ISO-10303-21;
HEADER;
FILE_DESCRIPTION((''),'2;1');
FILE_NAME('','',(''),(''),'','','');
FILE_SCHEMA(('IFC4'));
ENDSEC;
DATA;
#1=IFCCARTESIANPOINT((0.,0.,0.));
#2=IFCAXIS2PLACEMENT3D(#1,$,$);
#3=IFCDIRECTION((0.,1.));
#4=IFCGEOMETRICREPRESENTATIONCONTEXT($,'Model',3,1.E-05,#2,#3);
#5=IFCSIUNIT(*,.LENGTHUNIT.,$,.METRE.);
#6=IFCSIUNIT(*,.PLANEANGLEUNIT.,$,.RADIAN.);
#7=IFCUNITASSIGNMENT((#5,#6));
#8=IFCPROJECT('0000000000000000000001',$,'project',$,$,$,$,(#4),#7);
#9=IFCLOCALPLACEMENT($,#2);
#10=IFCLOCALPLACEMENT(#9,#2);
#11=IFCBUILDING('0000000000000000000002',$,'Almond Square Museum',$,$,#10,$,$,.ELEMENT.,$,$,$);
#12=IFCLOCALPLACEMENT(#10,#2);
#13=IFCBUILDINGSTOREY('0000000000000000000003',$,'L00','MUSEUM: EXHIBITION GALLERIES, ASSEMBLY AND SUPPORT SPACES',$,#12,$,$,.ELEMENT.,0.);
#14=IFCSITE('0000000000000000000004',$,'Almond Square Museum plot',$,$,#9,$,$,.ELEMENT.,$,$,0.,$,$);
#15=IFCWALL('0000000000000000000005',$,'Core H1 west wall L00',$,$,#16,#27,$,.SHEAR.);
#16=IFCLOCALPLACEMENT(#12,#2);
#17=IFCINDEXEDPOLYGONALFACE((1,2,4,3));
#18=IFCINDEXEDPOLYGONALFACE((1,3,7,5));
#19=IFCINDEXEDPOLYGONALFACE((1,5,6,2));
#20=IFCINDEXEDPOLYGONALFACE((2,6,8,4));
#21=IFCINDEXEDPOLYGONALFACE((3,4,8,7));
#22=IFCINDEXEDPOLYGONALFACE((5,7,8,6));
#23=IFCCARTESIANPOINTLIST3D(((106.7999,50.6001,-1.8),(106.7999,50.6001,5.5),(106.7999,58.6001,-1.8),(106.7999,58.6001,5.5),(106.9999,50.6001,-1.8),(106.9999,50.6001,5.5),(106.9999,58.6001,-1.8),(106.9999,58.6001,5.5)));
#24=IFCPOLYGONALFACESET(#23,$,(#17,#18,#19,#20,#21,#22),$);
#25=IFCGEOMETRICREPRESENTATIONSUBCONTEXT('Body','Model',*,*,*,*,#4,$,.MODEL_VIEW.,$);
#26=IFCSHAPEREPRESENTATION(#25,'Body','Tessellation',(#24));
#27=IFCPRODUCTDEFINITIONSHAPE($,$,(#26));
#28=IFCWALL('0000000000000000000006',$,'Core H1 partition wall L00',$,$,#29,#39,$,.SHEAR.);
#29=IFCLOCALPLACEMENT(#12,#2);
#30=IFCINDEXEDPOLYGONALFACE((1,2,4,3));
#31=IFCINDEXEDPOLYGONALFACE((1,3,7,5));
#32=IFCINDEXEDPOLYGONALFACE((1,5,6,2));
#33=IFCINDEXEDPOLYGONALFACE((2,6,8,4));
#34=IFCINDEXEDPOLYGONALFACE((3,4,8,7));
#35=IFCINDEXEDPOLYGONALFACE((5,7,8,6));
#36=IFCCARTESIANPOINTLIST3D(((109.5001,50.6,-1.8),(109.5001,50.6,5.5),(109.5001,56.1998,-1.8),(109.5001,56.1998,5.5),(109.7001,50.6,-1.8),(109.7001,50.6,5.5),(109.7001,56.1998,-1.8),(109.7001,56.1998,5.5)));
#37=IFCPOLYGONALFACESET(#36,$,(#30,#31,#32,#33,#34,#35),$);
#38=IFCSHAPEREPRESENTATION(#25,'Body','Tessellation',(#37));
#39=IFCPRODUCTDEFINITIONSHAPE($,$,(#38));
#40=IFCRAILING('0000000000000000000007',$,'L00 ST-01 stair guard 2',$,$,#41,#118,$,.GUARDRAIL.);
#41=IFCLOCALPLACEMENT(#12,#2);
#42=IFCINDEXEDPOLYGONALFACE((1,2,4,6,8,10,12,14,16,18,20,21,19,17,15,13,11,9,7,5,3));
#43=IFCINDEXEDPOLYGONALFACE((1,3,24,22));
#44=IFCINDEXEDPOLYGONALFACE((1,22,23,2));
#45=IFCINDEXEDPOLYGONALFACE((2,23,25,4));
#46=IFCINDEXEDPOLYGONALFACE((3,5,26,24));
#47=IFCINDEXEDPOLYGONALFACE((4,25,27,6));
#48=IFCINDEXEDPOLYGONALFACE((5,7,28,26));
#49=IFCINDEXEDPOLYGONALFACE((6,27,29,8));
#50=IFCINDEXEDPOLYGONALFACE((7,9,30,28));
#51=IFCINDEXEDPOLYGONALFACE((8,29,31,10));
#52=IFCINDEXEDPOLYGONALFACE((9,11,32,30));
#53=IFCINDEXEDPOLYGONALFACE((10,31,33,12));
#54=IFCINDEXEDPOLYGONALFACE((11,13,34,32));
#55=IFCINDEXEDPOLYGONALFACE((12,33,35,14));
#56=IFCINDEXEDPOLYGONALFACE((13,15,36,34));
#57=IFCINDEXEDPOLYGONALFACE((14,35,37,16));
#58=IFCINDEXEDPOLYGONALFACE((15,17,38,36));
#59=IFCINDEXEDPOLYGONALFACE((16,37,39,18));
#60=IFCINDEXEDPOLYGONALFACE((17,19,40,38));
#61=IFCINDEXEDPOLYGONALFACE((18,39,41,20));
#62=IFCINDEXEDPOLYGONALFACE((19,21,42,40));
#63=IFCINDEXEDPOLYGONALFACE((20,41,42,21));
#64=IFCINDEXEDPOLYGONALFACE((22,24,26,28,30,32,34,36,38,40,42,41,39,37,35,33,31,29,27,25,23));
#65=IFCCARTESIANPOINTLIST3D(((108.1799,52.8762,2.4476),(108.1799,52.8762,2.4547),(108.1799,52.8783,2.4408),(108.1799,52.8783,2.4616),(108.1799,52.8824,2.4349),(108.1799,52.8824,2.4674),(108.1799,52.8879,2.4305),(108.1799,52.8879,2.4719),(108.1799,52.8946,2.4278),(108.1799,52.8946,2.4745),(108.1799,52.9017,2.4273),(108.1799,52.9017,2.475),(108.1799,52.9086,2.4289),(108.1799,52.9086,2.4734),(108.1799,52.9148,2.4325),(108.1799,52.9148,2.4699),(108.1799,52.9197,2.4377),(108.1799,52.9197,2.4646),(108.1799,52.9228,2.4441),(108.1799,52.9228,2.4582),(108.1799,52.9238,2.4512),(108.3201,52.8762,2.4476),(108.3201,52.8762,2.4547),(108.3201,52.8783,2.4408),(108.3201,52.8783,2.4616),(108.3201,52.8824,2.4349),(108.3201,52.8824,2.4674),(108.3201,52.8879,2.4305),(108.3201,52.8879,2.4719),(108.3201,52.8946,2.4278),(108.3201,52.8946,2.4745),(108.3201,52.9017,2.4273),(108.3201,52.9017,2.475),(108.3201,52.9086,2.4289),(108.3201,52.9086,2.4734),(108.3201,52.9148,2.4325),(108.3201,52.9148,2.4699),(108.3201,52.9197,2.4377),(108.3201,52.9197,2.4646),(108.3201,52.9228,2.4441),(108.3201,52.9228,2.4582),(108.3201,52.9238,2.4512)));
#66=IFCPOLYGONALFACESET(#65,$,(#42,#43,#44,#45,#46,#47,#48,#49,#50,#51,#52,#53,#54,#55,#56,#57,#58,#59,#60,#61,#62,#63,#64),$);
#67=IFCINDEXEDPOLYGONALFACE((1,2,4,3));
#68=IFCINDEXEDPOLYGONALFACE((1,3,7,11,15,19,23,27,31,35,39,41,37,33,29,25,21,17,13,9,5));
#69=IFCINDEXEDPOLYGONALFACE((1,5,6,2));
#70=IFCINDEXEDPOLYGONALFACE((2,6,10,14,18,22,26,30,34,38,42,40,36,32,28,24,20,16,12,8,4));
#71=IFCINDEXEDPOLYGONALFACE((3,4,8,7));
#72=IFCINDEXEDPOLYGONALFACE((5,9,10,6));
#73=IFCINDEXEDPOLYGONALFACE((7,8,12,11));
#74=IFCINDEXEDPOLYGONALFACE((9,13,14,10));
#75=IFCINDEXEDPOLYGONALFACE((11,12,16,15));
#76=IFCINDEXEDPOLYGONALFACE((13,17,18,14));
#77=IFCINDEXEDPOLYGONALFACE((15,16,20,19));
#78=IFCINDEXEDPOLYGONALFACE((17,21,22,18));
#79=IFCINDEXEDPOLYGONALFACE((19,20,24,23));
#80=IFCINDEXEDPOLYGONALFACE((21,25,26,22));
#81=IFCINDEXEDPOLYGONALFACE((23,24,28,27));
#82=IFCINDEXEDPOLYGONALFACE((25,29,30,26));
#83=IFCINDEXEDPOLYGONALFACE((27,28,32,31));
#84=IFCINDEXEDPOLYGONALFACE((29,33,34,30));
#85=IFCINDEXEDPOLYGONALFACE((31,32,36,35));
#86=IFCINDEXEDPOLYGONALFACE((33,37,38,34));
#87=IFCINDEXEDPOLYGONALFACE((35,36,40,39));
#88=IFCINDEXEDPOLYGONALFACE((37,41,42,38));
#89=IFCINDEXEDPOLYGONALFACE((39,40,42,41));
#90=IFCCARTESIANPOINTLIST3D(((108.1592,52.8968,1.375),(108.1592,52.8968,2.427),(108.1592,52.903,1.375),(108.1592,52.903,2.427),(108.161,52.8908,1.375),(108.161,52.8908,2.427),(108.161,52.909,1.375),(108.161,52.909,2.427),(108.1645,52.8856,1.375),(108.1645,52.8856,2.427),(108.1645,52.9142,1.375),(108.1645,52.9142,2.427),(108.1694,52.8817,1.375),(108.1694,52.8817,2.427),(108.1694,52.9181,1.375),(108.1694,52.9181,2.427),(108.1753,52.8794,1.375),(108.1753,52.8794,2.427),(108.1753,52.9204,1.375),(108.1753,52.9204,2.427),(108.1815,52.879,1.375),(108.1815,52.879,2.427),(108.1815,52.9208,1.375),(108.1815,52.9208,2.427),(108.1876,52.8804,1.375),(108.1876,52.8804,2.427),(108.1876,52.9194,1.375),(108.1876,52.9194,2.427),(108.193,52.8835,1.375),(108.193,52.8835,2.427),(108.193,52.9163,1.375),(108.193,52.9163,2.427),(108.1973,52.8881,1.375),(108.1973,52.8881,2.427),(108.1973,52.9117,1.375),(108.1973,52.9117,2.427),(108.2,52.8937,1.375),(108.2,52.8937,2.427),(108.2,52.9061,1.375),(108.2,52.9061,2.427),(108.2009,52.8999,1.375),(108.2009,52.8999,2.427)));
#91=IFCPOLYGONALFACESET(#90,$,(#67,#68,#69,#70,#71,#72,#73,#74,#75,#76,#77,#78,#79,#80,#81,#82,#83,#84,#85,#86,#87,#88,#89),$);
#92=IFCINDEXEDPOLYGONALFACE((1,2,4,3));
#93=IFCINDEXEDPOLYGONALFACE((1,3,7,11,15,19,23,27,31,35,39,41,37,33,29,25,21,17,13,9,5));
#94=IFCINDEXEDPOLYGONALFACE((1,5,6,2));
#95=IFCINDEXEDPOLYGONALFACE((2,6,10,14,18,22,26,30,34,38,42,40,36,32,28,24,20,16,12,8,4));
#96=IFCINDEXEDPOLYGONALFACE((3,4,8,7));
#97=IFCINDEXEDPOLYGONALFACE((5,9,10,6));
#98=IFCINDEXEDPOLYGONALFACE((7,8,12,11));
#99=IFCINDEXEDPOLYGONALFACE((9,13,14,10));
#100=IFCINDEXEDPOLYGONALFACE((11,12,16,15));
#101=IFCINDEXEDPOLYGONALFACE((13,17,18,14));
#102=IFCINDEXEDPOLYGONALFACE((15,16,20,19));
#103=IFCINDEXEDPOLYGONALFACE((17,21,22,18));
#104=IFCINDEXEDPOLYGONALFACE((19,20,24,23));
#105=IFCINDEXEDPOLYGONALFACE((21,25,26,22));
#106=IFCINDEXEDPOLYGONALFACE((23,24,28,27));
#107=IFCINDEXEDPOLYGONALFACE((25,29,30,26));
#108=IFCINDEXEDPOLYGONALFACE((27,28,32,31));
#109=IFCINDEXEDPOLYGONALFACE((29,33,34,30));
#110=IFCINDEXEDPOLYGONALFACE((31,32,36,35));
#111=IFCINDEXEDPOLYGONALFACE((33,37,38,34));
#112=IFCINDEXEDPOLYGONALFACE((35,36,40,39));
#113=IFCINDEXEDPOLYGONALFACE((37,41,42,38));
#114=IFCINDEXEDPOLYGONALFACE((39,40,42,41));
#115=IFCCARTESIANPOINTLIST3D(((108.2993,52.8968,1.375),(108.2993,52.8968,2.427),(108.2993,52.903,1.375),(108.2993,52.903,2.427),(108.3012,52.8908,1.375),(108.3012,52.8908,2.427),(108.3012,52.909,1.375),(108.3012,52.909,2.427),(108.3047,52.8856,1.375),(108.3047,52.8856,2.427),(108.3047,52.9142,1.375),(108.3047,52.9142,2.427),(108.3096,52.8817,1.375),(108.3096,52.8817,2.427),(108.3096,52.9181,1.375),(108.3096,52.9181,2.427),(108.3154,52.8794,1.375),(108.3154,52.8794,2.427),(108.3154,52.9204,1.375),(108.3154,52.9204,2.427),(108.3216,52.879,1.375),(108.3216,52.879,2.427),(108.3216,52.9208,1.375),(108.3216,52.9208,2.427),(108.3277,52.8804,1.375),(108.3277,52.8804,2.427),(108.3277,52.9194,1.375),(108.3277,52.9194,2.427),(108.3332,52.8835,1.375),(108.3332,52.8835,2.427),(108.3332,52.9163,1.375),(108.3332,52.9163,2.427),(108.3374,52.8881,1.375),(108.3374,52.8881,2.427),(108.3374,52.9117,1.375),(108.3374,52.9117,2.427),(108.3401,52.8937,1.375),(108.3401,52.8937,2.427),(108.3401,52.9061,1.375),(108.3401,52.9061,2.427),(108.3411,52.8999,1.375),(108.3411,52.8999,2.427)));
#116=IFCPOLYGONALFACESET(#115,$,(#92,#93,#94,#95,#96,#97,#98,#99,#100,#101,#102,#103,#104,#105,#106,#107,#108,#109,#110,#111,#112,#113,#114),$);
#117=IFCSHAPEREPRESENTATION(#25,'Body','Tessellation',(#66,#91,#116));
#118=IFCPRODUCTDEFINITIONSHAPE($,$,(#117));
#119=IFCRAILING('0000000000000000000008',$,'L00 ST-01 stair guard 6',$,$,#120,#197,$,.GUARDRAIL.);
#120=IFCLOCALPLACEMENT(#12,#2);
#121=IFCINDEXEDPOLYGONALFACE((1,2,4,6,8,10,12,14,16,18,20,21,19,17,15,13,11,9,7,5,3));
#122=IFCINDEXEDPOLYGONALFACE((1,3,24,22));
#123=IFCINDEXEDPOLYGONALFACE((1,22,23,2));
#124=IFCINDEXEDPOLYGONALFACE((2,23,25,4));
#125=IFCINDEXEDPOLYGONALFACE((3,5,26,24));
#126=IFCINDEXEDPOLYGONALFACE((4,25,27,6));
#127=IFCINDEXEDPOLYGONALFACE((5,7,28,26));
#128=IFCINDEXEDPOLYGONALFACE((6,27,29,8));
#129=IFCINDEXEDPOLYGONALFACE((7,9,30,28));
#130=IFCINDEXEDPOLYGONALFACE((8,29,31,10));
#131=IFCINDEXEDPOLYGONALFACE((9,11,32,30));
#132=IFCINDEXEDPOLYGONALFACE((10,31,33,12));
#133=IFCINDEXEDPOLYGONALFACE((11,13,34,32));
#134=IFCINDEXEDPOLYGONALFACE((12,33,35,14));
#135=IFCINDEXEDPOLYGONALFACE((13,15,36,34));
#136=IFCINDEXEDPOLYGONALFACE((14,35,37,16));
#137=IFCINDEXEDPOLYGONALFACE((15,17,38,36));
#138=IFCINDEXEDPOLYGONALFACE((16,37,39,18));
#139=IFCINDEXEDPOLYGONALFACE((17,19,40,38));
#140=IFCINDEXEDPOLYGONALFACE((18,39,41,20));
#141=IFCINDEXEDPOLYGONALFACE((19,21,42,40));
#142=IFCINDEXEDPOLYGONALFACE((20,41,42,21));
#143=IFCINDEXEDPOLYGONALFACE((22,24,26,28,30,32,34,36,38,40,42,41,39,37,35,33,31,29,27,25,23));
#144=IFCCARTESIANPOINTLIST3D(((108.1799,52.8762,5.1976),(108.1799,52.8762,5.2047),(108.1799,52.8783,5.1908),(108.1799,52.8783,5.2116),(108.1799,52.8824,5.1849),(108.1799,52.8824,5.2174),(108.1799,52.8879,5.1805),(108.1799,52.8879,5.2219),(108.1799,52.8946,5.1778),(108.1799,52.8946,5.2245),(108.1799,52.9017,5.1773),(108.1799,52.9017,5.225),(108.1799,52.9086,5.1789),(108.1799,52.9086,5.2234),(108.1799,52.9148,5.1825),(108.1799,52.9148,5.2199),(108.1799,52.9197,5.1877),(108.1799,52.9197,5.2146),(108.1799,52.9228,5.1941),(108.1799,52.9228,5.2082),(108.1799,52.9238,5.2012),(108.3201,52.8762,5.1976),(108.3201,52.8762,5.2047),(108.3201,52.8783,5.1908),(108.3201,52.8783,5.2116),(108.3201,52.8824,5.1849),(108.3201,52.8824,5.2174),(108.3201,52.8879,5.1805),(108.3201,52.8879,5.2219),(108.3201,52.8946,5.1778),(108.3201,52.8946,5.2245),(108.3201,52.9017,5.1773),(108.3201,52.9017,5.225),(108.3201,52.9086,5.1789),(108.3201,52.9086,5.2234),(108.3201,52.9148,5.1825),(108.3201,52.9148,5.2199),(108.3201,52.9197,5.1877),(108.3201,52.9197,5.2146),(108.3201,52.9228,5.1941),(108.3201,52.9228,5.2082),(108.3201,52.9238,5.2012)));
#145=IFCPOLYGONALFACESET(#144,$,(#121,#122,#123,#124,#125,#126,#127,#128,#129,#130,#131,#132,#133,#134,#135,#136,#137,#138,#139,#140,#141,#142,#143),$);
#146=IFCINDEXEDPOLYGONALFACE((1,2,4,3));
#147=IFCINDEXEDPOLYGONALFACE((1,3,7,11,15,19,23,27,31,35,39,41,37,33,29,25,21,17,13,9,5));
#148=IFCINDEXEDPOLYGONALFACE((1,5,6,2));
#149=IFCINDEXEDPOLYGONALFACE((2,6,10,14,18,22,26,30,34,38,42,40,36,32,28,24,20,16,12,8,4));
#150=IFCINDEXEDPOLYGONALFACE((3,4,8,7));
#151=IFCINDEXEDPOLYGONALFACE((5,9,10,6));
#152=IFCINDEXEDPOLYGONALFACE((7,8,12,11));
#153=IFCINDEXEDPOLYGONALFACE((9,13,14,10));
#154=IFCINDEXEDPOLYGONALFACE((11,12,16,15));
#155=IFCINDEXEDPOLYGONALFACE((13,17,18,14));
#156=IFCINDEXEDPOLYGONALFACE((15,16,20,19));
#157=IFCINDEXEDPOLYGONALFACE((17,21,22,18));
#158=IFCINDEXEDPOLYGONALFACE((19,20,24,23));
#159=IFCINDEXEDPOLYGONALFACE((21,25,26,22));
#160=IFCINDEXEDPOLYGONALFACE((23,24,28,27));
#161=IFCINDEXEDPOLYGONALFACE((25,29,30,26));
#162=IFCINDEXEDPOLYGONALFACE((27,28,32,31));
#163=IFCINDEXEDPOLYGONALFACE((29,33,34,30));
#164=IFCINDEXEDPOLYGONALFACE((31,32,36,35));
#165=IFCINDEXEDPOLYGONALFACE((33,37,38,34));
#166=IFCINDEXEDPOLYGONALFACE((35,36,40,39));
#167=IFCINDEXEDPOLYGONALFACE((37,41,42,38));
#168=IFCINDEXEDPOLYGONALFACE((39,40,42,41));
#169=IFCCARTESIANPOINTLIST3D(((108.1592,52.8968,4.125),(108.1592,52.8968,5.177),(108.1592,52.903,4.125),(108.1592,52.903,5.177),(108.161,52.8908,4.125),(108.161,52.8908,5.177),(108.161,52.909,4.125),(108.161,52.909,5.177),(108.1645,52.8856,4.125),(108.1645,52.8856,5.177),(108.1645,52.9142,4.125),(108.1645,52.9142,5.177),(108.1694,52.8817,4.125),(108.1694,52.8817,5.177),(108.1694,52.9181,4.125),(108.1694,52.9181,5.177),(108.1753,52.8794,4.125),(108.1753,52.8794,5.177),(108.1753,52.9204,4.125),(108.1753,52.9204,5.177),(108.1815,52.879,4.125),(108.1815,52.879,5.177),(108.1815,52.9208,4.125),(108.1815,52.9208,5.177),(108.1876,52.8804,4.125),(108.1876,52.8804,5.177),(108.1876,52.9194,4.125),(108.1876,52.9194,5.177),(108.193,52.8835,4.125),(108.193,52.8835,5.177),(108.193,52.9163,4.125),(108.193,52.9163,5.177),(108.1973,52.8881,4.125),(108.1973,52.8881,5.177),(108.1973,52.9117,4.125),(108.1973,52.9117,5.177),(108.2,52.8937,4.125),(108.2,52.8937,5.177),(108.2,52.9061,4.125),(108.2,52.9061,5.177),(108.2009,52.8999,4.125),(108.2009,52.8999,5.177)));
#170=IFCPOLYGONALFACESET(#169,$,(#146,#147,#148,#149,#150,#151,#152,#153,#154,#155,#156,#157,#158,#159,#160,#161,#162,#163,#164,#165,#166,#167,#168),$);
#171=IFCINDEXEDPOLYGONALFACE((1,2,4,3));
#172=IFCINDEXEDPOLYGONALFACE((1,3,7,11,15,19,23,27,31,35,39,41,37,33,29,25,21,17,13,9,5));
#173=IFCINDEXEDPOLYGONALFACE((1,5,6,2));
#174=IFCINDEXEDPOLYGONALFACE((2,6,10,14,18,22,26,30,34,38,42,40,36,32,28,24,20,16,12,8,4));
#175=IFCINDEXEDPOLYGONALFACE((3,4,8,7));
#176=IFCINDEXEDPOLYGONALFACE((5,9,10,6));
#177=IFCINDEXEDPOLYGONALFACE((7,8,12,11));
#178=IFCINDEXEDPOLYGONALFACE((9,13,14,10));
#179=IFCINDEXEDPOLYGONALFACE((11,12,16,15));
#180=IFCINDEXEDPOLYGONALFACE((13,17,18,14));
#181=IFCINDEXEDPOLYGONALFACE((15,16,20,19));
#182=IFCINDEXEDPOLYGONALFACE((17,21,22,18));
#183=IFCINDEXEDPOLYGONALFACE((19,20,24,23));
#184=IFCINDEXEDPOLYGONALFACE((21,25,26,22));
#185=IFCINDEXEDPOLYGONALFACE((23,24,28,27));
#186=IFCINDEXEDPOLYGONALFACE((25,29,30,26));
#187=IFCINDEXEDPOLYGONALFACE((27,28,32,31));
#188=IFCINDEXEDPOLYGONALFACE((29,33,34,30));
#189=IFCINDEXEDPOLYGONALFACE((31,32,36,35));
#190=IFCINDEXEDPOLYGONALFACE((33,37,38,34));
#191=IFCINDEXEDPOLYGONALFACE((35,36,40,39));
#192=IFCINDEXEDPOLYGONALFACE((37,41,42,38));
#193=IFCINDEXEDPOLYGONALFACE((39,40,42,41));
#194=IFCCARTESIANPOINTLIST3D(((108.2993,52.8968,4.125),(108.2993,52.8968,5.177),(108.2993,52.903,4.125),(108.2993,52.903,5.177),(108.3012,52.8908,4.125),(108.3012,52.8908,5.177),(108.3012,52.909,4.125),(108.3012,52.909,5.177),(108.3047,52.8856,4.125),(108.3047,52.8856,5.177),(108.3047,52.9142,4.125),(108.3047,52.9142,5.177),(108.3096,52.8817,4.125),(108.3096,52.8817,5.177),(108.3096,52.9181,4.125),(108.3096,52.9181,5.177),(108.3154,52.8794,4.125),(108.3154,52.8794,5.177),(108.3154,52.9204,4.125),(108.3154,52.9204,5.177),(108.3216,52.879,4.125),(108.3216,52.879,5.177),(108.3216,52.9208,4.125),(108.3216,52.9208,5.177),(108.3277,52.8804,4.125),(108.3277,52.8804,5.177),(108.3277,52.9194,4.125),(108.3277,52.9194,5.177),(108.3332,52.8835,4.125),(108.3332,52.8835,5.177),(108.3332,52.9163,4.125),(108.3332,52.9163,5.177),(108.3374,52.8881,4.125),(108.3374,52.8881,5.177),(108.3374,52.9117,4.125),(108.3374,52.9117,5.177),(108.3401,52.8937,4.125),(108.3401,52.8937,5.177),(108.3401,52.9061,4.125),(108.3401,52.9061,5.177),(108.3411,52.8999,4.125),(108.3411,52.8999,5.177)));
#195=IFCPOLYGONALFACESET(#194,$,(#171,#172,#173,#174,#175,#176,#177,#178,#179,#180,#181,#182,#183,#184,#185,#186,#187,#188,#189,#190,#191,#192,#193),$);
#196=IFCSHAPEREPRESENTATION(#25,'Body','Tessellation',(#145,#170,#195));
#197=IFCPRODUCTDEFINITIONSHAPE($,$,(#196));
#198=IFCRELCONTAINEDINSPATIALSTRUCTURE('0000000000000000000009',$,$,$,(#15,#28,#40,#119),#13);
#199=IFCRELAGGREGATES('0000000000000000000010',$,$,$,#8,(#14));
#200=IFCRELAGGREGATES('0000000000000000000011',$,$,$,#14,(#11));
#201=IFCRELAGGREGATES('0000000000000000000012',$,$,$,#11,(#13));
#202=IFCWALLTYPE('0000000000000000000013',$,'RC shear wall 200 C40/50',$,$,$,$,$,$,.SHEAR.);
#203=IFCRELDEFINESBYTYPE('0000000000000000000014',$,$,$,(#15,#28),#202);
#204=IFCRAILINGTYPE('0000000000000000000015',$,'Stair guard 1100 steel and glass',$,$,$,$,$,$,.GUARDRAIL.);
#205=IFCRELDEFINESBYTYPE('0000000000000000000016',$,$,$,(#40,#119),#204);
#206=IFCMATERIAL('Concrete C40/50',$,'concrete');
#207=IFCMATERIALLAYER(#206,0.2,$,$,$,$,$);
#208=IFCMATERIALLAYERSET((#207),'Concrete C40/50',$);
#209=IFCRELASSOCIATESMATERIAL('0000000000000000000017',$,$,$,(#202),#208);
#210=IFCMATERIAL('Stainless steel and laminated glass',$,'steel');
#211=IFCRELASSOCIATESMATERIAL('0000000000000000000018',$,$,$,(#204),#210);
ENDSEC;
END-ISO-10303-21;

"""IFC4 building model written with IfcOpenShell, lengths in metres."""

from ifc_helpers import new_model, si_unit, direction, frame, frame_2d, origin, origin_2d, place, context, subcontext, project, spatial, rectangle, circle, extrude, material, layer, layer_set, type_object, element, save


model = new_model("IFC4")

# Units and contexts
model_context = context("Model", 3, precision=1e-05, world=origin(), true_north=direction((0.0, 1.0)))
body_context = subcontext(model_context, "Body", "Model", "MODEL_VIEW")
ifc_project = project(units=[si_unit("LENGTHUNIT", "METRE"), si_unit("PLANEANGLEUNIT", "RADIAN")], contexts=[model_context])

# Site, building, storey
site_placement = place(None, origin())
site = spatial("IfcSite", under=ifc_project, at=site_placement, Name="Almond Square Museum plot", CompositionType="ELEMENT", RefElevation=0.0)
building_placement = place(site_placement, origin())
building = spatial("IfcBuilding", under=site, at=building_placement, Name="Almond Square Museum", CompositionType="ELEMENT")
storey_placement = place(building_placement, origin())
storey = spatial("IfcBuildingStorey", under=building, at=storey_placement, Name="L00", Description="MUSEUM: EXHIBITION GALLERIES, ASSEMBLY AND SUPPORT SPACES", CompositionType="ELEMENT", Elevation=0.0)

# Walls
ifc_material_1 = material(Name="Concrete C40/50", Category="concrete")
ifc_layer = layer(ifc_material_1, 0.2)
ifc_layer_set = layer_set([ifc_layer], Name="Concrete C40/50")
wall_type = type_object("IfcWallType", Name="RC shear wall 200 C40/50", PredefinedType="SHEAR", material=ifc_layer_set)
wall_1_placement = place(storey_placement, frame((106.8999, 50.6001, -1.8), z_axis=(0.0, 0.0, 1.0), x_axis=(0.0, 1.0, 0.0)))
element("IfcWall", 1, at=wall_1_placement, inside=storey, type_object=wall_type, Name="Core H1 west wall L00", PredefinedType="SHEAR", context=body_context, shape_type="SweptSolid", body=[
    extrude(rectangle(XDim=8.0, YDim=0.2, at=frame_2d((4.0, 0.0))), origin(), (0.0, 0.0, 1.0), 7.3),
])
wall_2_placement = place(storey_placement, frame((109.6001, 50.6001, -1.8), z_axis=(0.0, 0.0, 1.0), x_axis=(0.0, 1.0, 0.0)))
element("IfcWall", 2, at=wall_2_placement, inside=storey, type_object=wall_type, Name="Core H1 partition wall L00", PredefinedType="SHEAR", context=body_context, shape_type="SweptSolid", body=[
    extrude(rectangle(XDim=5.5999, YDim=0.2, at=frame_2d((2.7998, 0.0))), origin(), (0.0, 0.0, 1.0), 7.3),
])

# Railings
ifc_material_2 = material(Name="Stainless steel and laminated glass", Category="steel")
railing_type = type_object("IfcRailingType", Name="Stair guard 1100 steel and glass", PredefinedType="GUARDRAIL", material=ifc_material_2)
for number, where, name in (
    (3, (108.1799, 52.8999, 1.375), "L00 ST-01 stair guard 2"),
    (4, (108.1799, 52.8999, 4.125), "L00 ST-01 stair guard 6"),
):
    element("IfcRailing", number, at=place(storey_placement, frame(where)), inside=storey, type_object=railing_type, Name=name, PredefinedType="GUARDRAIL", context=body_context, shape_type="SweptSolid", body=[
        extrude(circle(Radius=0.0239, at=origin_2d()), frame((0.0, 0.0, 1.0762), z_axis=(1.0, 0.0, 0.0), x_axis=(0.0, 1.0, 0.0)), (0.0, 0.0, 1.0), 0.1401),
        extrude(circle(Radius=0.021, at=origin_2d()), origin(), (0.0, 0.0, 1.0), 1.052),
        extrude(circle(Radius=0.021, at=origin_2d()), frame((0.1401, 0.0, 0.0)), (0.0, 0.0, 1.0), 1.052),
    ])

save(model, "model.ifc")
